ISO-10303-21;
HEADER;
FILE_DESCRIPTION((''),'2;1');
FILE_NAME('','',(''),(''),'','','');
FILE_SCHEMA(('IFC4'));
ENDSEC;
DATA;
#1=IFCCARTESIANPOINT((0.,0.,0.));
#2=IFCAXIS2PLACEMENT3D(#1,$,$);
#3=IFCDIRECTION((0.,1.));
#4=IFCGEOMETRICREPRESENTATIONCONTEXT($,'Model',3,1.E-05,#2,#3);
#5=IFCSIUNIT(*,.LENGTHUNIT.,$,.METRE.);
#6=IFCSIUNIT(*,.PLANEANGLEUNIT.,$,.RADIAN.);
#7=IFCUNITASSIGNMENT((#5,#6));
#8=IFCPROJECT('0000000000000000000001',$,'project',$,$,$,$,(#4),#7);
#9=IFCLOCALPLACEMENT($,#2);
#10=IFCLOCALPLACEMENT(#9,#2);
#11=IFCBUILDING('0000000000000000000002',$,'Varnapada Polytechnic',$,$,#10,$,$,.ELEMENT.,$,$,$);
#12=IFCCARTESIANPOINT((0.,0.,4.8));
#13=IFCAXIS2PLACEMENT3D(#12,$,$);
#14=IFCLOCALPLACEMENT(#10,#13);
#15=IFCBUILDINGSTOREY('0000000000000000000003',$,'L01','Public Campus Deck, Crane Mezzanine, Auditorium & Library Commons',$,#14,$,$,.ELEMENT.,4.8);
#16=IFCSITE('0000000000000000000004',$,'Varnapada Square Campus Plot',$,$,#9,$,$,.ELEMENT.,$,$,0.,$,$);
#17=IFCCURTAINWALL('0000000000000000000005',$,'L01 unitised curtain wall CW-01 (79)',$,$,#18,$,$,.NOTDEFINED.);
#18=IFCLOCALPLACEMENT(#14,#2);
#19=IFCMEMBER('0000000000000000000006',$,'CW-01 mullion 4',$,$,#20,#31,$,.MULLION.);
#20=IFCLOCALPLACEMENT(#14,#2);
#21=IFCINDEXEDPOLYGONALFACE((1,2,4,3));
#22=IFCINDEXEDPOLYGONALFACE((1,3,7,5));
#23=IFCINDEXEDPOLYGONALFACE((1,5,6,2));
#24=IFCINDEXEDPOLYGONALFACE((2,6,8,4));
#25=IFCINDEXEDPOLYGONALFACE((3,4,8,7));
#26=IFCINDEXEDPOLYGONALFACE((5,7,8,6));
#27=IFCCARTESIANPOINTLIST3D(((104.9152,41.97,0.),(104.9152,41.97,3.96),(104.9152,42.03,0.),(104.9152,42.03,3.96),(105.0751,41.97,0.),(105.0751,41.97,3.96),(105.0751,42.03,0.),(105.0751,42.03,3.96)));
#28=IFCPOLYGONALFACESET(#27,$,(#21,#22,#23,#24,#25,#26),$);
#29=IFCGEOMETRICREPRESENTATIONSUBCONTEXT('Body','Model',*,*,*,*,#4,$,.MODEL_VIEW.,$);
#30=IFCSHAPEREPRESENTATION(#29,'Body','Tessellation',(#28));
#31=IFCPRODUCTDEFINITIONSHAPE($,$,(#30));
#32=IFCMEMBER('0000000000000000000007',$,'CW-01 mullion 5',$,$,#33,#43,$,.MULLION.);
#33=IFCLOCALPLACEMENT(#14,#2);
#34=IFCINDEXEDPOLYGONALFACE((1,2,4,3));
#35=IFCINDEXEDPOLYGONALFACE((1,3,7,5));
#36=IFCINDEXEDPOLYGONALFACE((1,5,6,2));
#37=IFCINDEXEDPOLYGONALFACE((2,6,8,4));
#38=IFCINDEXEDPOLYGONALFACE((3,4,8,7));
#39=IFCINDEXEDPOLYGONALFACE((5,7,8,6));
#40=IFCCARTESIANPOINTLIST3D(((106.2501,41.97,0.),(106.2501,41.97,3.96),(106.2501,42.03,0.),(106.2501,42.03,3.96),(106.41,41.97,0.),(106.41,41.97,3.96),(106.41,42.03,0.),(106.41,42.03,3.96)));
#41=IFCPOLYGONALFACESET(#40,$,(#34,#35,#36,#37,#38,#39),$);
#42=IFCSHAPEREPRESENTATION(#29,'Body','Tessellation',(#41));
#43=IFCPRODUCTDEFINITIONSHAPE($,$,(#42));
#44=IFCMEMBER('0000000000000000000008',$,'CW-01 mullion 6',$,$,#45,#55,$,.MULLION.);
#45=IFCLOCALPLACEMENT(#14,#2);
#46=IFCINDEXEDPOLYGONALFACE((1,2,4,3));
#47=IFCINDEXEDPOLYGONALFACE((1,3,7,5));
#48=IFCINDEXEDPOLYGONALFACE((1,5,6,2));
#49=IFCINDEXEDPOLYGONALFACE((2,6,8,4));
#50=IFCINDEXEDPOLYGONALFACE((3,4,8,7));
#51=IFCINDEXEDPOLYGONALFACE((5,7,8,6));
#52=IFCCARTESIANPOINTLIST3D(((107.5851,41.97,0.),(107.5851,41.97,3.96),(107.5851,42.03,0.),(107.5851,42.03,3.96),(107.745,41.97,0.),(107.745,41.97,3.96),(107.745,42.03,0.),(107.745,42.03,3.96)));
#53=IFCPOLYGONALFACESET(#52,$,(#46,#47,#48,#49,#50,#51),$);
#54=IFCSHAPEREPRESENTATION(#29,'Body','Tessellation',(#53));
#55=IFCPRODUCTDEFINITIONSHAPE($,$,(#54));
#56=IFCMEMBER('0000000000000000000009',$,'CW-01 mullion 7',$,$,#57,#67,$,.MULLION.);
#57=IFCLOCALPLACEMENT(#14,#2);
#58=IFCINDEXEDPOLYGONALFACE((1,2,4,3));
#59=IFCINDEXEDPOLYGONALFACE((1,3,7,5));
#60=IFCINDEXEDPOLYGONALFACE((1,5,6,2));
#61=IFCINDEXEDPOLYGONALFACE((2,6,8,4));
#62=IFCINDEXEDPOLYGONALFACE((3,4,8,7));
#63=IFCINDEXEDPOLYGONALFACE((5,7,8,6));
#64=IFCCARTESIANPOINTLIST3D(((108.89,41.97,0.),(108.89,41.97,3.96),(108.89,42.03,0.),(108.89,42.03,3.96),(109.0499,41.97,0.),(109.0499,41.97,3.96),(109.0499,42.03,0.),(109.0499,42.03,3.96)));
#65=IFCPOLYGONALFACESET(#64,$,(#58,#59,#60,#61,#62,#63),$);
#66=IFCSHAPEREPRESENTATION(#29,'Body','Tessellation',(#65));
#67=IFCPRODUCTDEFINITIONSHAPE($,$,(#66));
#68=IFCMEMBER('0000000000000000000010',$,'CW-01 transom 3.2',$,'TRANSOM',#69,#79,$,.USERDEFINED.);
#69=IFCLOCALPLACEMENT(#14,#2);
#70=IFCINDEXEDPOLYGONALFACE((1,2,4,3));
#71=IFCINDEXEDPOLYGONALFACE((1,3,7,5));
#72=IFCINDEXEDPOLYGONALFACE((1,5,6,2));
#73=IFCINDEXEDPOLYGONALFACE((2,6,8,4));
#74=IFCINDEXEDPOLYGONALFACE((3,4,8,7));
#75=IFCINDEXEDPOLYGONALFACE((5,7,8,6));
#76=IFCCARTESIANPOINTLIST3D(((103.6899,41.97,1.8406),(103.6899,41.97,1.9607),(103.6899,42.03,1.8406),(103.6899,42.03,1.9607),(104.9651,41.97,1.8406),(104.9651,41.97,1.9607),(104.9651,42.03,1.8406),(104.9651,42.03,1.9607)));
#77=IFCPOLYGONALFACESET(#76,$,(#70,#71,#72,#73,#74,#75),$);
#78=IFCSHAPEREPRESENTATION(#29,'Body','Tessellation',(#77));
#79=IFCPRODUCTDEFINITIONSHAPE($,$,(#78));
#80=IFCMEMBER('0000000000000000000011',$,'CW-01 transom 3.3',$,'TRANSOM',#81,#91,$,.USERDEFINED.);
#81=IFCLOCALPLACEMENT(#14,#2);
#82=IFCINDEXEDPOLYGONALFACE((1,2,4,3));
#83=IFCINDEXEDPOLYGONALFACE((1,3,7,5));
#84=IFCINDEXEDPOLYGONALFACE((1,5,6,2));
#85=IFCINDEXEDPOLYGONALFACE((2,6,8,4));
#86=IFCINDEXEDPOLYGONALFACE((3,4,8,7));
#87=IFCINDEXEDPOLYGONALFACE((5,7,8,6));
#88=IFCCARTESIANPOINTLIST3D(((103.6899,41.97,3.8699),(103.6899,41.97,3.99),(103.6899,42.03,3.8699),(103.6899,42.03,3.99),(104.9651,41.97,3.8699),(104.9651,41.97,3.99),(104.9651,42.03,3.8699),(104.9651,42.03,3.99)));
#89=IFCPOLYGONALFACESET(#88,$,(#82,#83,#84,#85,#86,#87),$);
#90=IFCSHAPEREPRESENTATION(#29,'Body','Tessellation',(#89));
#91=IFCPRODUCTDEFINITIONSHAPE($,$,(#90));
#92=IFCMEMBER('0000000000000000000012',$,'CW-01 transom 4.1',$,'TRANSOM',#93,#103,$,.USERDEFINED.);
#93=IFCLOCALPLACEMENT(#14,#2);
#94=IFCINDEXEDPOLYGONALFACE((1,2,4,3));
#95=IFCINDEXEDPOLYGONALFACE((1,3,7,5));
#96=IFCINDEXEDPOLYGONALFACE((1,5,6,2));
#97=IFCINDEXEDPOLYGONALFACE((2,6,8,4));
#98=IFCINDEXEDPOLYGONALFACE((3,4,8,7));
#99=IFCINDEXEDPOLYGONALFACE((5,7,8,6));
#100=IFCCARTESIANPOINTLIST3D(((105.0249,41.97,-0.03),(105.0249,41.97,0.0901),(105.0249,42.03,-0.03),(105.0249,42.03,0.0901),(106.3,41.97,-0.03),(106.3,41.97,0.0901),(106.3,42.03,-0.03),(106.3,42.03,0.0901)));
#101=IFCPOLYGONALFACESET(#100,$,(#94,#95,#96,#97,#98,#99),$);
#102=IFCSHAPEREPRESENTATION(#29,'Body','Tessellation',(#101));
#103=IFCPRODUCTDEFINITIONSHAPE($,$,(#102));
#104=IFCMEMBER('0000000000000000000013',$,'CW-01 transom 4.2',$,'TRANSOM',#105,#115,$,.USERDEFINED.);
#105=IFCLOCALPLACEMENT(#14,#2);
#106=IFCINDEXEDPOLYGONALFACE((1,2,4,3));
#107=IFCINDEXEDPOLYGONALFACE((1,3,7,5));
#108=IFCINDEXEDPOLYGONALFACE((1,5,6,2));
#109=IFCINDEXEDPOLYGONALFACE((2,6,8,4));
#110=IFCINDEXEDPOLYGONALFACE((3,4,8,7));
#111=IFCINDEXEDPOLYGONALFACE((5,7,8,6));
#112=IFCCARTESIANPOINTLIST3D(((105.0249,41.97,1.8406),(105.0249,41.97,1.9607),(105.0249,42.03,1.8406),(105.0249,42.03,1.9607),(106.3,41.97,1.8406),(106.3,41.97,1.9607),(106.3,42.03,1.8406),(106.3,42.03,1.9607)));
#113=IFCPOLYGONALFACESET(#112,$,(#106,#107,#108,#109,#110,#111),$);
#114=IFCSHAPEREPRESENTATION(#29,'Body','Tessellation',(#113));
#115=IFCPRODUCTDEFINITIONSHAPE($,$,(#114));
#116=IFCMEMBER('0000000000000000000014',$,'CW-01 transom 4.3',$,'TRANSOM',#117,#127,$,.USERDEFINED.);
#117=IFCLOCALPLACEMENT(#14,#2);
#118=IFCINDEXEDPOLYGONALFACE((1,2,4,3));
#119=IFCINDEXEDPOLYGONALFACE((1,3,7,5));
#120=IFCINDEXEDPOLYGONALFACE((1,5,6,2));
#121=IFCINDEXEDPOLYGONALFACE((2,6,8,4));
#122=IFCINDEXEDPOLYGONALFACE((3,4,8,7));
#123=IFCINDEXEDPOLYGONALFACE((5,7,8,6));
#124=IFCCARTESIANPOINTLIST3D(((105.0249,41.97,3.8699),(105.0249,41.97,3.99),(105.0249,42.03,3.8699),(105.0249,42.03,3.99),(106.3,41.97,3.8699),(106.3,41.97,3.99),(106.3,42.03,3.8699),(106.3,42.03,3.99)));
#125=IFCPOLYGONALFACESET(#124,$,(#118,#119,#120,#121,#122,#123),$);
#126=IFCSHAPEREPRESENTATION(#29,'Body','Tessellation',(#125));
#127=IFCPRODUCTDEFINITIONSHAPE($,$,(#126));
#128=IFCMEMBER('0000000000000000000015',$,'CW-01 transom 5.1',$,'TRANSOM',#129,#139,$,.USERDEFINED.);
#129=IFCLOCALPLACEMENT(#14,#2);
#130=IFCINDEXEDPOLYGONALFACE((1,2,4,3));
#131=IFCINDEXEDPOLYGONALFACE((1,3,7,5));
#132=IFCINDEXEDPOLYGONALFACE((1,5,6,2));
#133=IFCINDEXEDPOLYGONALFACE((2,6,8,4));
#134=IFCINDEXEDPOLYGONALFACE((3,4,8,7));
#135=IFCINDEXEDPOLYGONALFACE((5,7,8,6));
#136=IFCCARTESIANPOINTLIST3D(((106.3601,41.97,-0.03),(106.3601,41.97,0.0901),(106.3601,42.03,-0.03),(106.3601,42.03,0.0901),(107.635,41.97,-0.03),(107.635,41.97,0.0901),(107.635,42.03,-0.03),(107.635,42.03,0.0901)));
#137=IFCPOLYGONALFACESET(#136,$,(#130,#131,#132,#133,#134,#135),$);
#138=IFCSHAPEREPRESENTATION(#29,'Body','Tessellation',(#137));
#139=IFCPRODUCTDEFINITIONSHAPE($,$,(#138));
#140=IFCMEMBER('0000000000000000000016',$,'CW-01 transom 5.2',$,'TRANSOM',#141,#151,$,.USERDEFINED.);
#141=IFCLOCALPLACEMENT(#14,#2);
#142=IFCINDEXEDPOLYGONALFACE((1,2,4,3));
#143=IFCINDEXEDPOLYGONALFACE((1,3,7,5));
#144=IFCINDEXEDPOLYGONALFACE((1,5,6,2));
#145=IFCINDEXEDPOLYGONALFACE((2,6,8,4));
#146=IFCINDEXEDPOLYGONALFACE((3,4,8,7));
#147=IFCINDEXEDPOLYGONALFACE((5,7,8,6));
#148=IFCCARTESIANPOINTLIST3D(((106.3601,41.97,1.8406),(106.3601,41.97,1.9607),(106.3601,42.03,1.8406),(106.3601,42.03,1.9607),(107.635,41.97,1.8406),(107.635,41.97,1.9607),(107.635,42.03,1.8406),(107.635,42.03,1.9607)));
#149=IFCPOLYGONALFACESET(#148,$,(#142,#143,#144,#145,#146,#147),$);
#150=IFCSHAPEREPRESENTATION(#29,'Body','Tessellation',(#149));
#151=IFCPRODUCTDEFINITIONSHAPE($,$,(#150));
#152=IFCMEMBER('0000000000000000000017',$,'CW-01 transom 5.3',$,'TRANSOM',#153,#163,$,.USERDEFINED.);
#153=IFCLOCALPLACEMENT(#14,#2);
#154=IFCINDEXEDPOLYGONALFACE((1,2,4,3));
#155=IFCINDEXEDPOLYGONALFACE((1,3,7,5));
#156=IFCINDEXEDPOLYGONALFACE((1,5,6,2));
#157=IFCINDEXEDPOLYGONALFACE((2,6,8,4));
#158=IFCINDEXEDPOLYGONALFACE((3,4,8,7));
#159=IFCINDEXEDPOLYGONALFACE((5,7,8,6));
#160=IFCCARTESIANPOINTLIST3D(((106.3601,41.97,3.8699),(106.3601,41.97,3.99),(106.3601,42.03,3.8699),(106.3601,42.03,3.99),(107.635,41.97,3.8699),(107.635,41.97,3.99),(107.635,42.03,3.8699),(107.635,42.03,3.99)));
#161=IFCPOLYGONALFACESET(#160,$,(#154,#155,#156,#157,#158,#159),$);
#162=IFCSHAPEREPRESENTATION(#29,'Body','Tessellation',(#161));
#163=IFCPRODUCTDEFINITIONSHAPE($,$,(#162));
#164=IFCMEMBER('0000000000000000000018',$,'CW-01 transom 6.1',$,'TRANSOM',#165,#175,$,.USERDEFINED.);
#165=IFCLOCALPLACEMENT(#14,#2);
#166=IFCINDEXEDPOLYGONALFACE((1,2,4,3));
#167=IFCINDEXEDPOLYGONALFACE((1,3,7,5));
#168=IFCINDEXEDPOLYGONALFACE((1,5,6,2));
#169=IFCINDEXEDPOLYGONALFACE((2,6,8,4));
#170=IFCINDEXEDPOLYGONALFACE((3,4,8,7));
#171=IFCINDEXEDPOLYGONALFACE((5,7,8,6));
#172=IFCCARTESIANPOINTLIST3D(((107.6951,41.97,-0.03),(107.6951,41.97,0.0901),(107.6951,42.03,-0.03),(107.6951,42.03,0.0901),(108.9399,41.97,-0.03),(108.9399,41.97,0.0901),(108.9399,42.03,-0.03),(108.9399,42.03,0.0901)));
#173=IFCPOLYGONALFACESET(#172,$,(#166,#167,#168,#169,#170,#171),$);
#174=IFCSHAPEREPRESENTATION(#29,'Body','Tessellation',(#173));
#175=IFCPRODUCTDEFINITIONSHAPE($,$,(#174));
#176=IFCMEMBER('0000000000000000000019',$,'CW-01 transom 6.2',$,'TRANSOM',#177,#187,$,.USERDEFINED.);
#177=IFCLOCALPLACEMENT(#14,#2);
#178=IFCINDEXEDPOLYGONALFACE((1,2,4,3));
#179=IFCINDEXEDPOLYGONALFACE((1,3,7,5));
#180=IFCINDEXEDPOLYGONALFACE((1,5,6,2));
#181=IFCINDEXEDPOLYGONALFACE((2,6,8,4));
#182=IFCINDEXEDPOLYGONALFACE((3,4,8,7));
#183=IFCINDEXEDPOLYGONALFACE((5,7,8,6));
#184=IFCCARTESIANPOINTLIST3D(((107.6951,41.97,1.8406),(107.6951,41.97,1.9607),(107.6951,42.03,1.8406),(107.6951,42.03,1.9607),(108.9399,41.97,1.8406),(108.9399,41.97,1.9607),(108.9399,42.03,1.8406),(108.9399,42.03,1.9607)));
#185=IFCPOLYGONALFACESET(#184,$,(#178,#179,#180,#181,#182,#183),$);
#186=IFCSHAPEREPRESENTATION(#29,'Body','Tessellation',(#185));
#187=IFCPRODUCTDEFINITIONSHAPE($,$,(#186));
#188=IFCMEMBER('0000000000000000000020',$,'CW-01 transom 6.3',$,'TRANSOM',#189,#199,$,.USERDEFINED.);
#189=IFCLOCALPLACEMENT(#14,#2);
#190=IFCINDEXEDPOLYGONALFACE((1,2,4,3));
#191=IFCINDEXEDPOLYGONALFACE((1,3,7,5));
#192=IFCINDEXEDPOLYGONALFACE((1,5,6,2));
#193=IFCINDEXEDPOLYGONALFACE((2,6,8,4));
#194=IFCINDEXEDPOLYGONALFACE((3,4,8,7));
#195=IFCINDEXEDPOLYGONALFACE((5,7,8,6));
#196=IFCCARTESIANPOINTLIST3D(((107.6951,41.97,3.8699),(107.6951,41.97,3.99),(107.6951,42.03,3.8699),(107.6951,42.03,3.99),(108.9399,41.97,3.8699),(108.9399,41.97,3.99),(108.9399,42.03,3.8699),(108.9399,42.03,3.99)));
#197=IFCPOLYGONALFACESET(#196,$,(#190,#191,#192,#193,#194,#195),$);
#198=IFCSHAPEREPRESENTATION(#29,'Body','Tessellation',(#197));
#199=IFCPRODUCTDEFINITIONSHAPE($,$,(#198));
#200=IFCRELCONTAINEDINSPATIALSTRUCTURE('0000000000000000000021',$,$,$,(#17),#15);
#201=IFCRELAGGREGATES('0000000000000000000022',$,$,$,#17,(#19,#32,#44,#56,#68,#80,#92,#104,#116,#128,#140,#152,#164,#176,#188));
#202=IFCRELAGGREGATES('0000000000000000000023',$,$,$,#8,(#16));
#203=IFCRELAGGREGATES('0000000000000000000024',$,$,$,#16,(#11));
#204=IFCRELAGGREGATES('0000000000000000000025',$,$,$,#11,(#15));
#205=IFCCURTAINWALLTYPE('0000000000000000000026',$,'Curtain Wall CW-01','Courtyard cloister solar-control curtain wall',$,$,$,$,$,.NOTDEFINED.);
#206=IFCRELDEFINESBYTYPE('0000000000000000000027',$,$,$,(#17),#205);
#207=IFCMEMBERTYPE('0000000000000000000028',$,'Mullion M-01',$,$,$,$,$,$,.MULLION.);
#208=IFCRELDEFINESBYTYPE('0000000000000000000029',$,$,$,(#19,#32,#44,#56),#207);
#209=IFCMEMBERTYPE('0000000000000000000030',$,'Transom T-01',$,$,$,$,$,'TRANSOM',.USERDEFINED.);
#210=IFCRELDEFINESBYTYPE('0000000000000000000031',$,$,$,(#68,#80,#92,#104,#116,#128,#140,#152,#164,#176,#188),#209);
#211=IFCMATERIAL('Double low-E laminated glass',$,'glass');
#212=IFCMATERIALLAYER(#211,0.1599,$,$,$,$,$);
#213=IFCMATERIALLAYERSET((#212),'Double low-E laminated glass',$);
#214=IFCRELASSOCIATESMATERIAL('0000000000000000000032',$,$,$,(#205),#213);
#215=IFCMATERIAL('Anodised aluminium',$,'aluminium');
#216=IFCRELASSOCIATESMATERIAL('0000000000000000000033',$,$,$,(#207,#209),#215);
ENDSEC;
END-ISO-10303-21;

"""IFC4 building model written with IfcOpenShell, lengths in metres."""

from ifc_helpers import new_model, si_unit, direction, frame, origin, origin_2d, place, context, subcontext, project, spatial, rectangle, extrude, material, layer, layer_set, material_profile, profile_set, type_object, element, aggregate, save


model = new_model("IFC4")

# Units and contexts
model_context = context("Model", 3, precision=1e-05, world=origin(), true_north=direction((0.0, 1.0)))
body_context = subcontext(model_context, "Body", "Model", "MODEL_VIEW")
ifc_project = project(units=[si_unit("LENGTHUNIT", "METRE"), si_unit("PLANEANGLEUNIT", "RADIAN")], contexts=[model_context])

# Site, building, storey
site_placement = place(None, origin())
site = spatial("IfcSite", under=ifc_project, at=site_placement, Name="Varnapada Square Campus Plot", CompositionType="ELEMENT", RefElevation=0.0)
building_placement = place(site_placement, origin())
building = spatial("IfcBuilding", under=site, at=building_placement, Name="Varnapada Polytechnic", CompositionType="ELEMENT")
storey_placement = place(building_placement, frame((0.0, 0.0, 4.8)))
storey = spatial("IfcBuildingStorey", under=building, at=storey_placement, Name="L01", Description="Public Campus Deck, Crane Mezzanine, Auditorium & Library Commons", CompositionType="ELEMENT", Elevation=4.8)

# Curtain wall, members
ifc_material_1 = material(Name="Double low-E laminated glass", Category="glass")
ifc_layer_1 = layer(ifc_material_1, 0.1599)
ifc_layer_set_1 = layer_set([ifc_layer_1], Name="Double low-E laminated glass")
curtain_wall_type = type_object("IfcCurtainWallType", Name="Curtain Wall CW-01", Description="Courtyard cloister solar-control curtain wall", PredefinedType="NOTDEFINED", material=ifc_layer_set_1)
curtain_wall_placement = place(storey_placement, origin())
curtain_wall = element("IfcCurtainWall", 1, at=curtain_wall_placement, inside=storey, type_object=curtain_wall_type, Name="L01 unitised curtain wall CW-01 (79)", PredefinedType="NOTDEFINED")
ifc_material_2 = material(Name="Anodised aluminium", Category="aluminium")
ifc_material_profile_1 = material_profile(ifc_material_2, rectangle(XDim=0.0601, YDim=0.1599, at=origin_2d()), Name="ALU M60x160")
ifc_profile_set_1 = profile_set([ifc_material_profile_1], Name="Anodised aluminium")
member_type_1 = type_object("IfcMemberType", Name="Mullion M-01", PredefinedType="MULLION", material=ifc_profile_set_1)
member_1_placement = place(storey_placement, frame((104.9951, 42.0, 0.0), z_axis=(0.0, 0.0, 1.0), x_axis=(0.0, 1.0, 0.0)))
member_1 = element("IfcMember", 2, at=member_1_placement, type_object=member_type_1, Name="CW-01 mullion 4", PredefinedType="MULLION", context=body_context, shape_type="SweptSolid", body=[
    extrude(rectangle(XDim=0.0601, YDim=0.1599, at=origin_2d()), origin(), (0.0, 0.0, 1.0), 3.96),
])
member_2_placement = place(storey_placement, frame((106.3301, 42.0, 0.0), z_axis=(0.0, 0.0, 1.0), x_axis=(0.0, 1.0, 0.0)))
member_2 = element("IfcMember", 3, at=member_2_placement, type_object=member_type_1, Name="CW-01 mullion 5", PredefinedType="MULLION", context=body_context, shape_type="SweptSolid", body=[
    extrude(rectangle(XDim=0.0601, YDim=0.1599, at=origin_2d()), origin(), (0.0, 0.0, 1.0), 3.96),
])
member_3_placement = place(storey_placement, frame((107.665, 42.0, 0.0), z_axis=(0.0, 0.0, 1.0), x_axis=(0.0, 1.0, 0.0)))
member_3 = element("IfcMember", 4, at=member_3_placement, type_object=member_type_1, Name="CW-01 mullion 6", PredefinedType="MULLION", context=body_context, shape_type="SweptSolid", body=[
    extrude(rectangle(XDim=0.0601, YDim=0.1599, at=origin_2d()), origin(), (0.0, 0.0, 1.0), 3.96),
])
member_4_placement = place(storey_placement, frame((108.97, 42.0, 0.0), z_axis=(0.0, 0.0, 1.0), x_axis=(0.0, 1.0, 0.0)))
member_4 = element("IfcMember", 5, at=member_4_placement, type_object=member_type_1, Name="CW-01 mullion 7", PredefinedType="MULLION", context=body_context, shape_type="SweptSolid", body=[
    extrude(rectangle(XDim=0.0601, YDim=0.1599, at=origin_2d()), origin(), (0.0, 0.0, 1.0), 3.96),
])
ifc_material_profile_2 = material_profile(ifc_material_2, rectangle(XDim=0.0601, YDim=0.1201, at=origin_2d()), Name="ALU T60x120")
ifc_profile_set_2 = profile_set([ifc_material_profile_2], Name="Anodised aluminium")
member_type_2 = type_object("IfcMemberType", Name="Transom T-01", ElementType="TRANSOM", PredefinedType="USERDEFINED", material=ifc_profile_set_2)
member_5_placement = place(storey_placement, frame((103.6899, 42.0, 1.9006), z_axis=(1.0, 0.0, 0.0), x_axis=(0.0, 1.0, 0.0)))
member_5 = element("IfcMember", 6, at=member_5_placement, type_object=member_type_2, Name="CW-01 transom 3.2", ObjectType="TRANSOM", PredefinedType="USERDEFINED", context=body_context, shape_type="SweptSolid", body=[
    extrude(rectangle(XDim=0.0601, YDim=0.1201, at=origin_2d()), origin(), (0.0, 0.0, 1.0), 1.2751),
])
member_6_placement = place(storey_placement, frame((103.6899, 42.0, 3.9299), z_axis=(1.0, 0.0, 0.0), x_axis=(0.0, 1.0, 0.0)))
member_6 = element("IfcMember", 7, at=member_6_placement, type_object=member_type_2, Name="CW-01 transom 3.3", ObjectType="TRANSOM", PredefinedType="USERDEFINED", context=body_context, shape_type="SweptSolid", body=[
    extrude(rectangle(XDim=0.0601, YDim=0.1201, at=origin_2d()), origin(), (0.0, 0.0, 1.0), 1.2751),
])
member_7_placement = place(storey_placement, frame((105.0249, 42.0, 0.03), z_axis=(1.0, 0.0, 0.0), x_axis=(0.0, 1.0, 0.0)))
member_7 = element("IfcMember", 8, at=member_7_placement, type_object=member_type_2, Name="CW-01 transom 4.1", ObjectType="TRANSOM", PredefinedType="USERDEFINED", context=body_context, shape_type="SweptSolid", body=[
    extrude(rectangle(XDim=0.0601, YDim=0.1201, at=origin_2d()), origin(), (0.0, 0.0, 1.0), 1.2751),
])
member_8_placement = place(storey_placement, frame((105.0249, 42.0, 1.9006), z_axis=(1.0, 0.0, 0.0), x_axis=(0.0, 1.0, 0.0)))
member_8 = element("IfcMember", 9, at=member_8_placement, type_object=member_type_2, Name="CW-01 transom 4.2", ObjectType="TRANSOM", PredefinedType="USERDEFINED", context=body_context, shape_type="SweptSolid", body=[
    extrude(rectangle(XDim=0.0601, YDim=0.1201, at=origin_2d()), origin(), (0.0, 0.0, 1.0), 1.2751),
])
member_9_placement = place(storey_placement, frame((105.0249, 42.0, 3.9299), z_axis=(1.0, 0.0, 0.0), x_axis=(0.0, 1.0, 0.0)))
member_9 = element("IfcMember", 10, at=member_9_placement, type_object=member_type_2, Name="CW-01 transom 4.3", ObjectType="TRANSOM", PredefinedType="USERDEFINED", context=body_context, shape_type="SweptSolid", body=[
    extrude(rectangle(XDim=0.0601, YDim=0.1201, at=origin_2d()), origin(), (0.0, 0.0, 1.0), 1.2751),
])
member_10_placement = place(storey_placement, frame((106.3601, 42.0, 0.03), z_axis=(1.0, 0.0, 0.0), x_axis=(0.0, 1.0, 0.0)))
member_10 = element("IfcMember", 11, at=member_10_placement, type_object=member_type_2, Name="CW-01 transom 5.1", ObjectType="TRANSOM", PredefinedType="USERDEFINED", context=body_context, shape_type="SweptSolid", body=[
    extrude(rectangle(XDim=0.0601, YDim=0.1201, at=origin_2d()), origin(), (0.0, 0.0, 1.0), 1.2749),
])
member_11_placement = place(storey_placement, frame((106.3601, 42.0, 1.9006), z_axis=(1.0, 0.0, 0.0), x_axis=(0.0, 1.0, 0.0)))
member_11 = element("IfcMember", 12, at=member_11_placement, type_object=member_type_2, Name="CW-01 transom 5.2", ObjectType="TRANSOM", PredefinedType="USERDEFINED", context=body_context, shape_type="SweptSolid", body=[
    extrude(rectangle(XDim=0.0601, YDim=0.1201, at=origin_2d()), origin(), (0.0, 0.0, 1.0), 1.2749),
])
member_12_placement = place(storey_placement, frame((106.3601, 42.0, 3.9299), z_axis=(1.0, 0.0, 0.0), x_axis=(0.0, 1.0, 0.0)))
member_12 = element("IfcMember", 13, at=member_12_placement, type_object=member_type_2, Name="CW-01 transom 5.3", ObjectType="TRANSOM", PredefinedType="USERDEFINED", context=body_context, shape_type="SweptSolid", body=[
    extrude(rectangle(XDim=0.0601, YDim=0.1201, at=origin_2d()), origin(), (0.0, 0.0, 1.0), 1.2749),
])
member_13_placement = place(storey_placement, frame((107.6951, 42.0, 0.03), z_axis=(1.0, 0.0, 0.0), x_axis=(0.0, 1.0, 0.0)))
member_13 = element("IfcMember", 14, at=member_13_placement, type_object=member_type_2, Name="CW-01 transom 6.1", ObjectType="TRANSOM", PredefinedType="USERDEFINED", context=body_context, shape_type="SweptSolid", body=[
    extrude(rectangle(XDim=0.0601, YDim=0.1201, at=origin_2d()), origin(), (0.0, 0.0, 1.0), 1.2449),
])
member_14_placement = place(storey_placement, frame((107.6951, 42.0, 1.9006), z_axis=(1.0, 0.0, 0.0), x_axis=(0.0, 1.0, 0.0)))
member_14 = element("IfcMember", 15, at=member_14_placement, type_object=member_type_2, Name="CW-01 transom 6.2", ObjectType="TRANSOM", PredefinedType="USERDEFINED", context=body_context, shape_type="SweptSolid", body=[
    extrude(rectangle(XDim=0.0601, YDim=0.1201, at=origin_2d()), origin(), (0.0, 0.0, 1.0), 1.2449),
])
member_15_placement = place(storey_placement, frame((107.6951, 42.0, 3.9299), z_axis=(1.0, 0.0, 0.0), x_axis=(0.0, 1.0, 0.0)))
member_15 = element("IfcMember", 16, at=member_15_placement, type_object=member_type_2, Name="CW-01 transom 6.3", ObjectType="TRANSOM", PredefinedType="USERDEFINED", context=body_context, shape_type="SweptSolid", body=[
    extrude(rectangle(XDim=0.0601, YDim=0.1201, at=origin_2d()), origin(), (0.0, 0.0, 1.0), 1.2449),
])
aggregate(curtain_wall, [member_1, member_2, member_3, member_4, member_5, member_6, member_7, member_8, member_9, member_10, member_11, member_12, member_13, member_14, member_15])

save(model, "model.ifc")
